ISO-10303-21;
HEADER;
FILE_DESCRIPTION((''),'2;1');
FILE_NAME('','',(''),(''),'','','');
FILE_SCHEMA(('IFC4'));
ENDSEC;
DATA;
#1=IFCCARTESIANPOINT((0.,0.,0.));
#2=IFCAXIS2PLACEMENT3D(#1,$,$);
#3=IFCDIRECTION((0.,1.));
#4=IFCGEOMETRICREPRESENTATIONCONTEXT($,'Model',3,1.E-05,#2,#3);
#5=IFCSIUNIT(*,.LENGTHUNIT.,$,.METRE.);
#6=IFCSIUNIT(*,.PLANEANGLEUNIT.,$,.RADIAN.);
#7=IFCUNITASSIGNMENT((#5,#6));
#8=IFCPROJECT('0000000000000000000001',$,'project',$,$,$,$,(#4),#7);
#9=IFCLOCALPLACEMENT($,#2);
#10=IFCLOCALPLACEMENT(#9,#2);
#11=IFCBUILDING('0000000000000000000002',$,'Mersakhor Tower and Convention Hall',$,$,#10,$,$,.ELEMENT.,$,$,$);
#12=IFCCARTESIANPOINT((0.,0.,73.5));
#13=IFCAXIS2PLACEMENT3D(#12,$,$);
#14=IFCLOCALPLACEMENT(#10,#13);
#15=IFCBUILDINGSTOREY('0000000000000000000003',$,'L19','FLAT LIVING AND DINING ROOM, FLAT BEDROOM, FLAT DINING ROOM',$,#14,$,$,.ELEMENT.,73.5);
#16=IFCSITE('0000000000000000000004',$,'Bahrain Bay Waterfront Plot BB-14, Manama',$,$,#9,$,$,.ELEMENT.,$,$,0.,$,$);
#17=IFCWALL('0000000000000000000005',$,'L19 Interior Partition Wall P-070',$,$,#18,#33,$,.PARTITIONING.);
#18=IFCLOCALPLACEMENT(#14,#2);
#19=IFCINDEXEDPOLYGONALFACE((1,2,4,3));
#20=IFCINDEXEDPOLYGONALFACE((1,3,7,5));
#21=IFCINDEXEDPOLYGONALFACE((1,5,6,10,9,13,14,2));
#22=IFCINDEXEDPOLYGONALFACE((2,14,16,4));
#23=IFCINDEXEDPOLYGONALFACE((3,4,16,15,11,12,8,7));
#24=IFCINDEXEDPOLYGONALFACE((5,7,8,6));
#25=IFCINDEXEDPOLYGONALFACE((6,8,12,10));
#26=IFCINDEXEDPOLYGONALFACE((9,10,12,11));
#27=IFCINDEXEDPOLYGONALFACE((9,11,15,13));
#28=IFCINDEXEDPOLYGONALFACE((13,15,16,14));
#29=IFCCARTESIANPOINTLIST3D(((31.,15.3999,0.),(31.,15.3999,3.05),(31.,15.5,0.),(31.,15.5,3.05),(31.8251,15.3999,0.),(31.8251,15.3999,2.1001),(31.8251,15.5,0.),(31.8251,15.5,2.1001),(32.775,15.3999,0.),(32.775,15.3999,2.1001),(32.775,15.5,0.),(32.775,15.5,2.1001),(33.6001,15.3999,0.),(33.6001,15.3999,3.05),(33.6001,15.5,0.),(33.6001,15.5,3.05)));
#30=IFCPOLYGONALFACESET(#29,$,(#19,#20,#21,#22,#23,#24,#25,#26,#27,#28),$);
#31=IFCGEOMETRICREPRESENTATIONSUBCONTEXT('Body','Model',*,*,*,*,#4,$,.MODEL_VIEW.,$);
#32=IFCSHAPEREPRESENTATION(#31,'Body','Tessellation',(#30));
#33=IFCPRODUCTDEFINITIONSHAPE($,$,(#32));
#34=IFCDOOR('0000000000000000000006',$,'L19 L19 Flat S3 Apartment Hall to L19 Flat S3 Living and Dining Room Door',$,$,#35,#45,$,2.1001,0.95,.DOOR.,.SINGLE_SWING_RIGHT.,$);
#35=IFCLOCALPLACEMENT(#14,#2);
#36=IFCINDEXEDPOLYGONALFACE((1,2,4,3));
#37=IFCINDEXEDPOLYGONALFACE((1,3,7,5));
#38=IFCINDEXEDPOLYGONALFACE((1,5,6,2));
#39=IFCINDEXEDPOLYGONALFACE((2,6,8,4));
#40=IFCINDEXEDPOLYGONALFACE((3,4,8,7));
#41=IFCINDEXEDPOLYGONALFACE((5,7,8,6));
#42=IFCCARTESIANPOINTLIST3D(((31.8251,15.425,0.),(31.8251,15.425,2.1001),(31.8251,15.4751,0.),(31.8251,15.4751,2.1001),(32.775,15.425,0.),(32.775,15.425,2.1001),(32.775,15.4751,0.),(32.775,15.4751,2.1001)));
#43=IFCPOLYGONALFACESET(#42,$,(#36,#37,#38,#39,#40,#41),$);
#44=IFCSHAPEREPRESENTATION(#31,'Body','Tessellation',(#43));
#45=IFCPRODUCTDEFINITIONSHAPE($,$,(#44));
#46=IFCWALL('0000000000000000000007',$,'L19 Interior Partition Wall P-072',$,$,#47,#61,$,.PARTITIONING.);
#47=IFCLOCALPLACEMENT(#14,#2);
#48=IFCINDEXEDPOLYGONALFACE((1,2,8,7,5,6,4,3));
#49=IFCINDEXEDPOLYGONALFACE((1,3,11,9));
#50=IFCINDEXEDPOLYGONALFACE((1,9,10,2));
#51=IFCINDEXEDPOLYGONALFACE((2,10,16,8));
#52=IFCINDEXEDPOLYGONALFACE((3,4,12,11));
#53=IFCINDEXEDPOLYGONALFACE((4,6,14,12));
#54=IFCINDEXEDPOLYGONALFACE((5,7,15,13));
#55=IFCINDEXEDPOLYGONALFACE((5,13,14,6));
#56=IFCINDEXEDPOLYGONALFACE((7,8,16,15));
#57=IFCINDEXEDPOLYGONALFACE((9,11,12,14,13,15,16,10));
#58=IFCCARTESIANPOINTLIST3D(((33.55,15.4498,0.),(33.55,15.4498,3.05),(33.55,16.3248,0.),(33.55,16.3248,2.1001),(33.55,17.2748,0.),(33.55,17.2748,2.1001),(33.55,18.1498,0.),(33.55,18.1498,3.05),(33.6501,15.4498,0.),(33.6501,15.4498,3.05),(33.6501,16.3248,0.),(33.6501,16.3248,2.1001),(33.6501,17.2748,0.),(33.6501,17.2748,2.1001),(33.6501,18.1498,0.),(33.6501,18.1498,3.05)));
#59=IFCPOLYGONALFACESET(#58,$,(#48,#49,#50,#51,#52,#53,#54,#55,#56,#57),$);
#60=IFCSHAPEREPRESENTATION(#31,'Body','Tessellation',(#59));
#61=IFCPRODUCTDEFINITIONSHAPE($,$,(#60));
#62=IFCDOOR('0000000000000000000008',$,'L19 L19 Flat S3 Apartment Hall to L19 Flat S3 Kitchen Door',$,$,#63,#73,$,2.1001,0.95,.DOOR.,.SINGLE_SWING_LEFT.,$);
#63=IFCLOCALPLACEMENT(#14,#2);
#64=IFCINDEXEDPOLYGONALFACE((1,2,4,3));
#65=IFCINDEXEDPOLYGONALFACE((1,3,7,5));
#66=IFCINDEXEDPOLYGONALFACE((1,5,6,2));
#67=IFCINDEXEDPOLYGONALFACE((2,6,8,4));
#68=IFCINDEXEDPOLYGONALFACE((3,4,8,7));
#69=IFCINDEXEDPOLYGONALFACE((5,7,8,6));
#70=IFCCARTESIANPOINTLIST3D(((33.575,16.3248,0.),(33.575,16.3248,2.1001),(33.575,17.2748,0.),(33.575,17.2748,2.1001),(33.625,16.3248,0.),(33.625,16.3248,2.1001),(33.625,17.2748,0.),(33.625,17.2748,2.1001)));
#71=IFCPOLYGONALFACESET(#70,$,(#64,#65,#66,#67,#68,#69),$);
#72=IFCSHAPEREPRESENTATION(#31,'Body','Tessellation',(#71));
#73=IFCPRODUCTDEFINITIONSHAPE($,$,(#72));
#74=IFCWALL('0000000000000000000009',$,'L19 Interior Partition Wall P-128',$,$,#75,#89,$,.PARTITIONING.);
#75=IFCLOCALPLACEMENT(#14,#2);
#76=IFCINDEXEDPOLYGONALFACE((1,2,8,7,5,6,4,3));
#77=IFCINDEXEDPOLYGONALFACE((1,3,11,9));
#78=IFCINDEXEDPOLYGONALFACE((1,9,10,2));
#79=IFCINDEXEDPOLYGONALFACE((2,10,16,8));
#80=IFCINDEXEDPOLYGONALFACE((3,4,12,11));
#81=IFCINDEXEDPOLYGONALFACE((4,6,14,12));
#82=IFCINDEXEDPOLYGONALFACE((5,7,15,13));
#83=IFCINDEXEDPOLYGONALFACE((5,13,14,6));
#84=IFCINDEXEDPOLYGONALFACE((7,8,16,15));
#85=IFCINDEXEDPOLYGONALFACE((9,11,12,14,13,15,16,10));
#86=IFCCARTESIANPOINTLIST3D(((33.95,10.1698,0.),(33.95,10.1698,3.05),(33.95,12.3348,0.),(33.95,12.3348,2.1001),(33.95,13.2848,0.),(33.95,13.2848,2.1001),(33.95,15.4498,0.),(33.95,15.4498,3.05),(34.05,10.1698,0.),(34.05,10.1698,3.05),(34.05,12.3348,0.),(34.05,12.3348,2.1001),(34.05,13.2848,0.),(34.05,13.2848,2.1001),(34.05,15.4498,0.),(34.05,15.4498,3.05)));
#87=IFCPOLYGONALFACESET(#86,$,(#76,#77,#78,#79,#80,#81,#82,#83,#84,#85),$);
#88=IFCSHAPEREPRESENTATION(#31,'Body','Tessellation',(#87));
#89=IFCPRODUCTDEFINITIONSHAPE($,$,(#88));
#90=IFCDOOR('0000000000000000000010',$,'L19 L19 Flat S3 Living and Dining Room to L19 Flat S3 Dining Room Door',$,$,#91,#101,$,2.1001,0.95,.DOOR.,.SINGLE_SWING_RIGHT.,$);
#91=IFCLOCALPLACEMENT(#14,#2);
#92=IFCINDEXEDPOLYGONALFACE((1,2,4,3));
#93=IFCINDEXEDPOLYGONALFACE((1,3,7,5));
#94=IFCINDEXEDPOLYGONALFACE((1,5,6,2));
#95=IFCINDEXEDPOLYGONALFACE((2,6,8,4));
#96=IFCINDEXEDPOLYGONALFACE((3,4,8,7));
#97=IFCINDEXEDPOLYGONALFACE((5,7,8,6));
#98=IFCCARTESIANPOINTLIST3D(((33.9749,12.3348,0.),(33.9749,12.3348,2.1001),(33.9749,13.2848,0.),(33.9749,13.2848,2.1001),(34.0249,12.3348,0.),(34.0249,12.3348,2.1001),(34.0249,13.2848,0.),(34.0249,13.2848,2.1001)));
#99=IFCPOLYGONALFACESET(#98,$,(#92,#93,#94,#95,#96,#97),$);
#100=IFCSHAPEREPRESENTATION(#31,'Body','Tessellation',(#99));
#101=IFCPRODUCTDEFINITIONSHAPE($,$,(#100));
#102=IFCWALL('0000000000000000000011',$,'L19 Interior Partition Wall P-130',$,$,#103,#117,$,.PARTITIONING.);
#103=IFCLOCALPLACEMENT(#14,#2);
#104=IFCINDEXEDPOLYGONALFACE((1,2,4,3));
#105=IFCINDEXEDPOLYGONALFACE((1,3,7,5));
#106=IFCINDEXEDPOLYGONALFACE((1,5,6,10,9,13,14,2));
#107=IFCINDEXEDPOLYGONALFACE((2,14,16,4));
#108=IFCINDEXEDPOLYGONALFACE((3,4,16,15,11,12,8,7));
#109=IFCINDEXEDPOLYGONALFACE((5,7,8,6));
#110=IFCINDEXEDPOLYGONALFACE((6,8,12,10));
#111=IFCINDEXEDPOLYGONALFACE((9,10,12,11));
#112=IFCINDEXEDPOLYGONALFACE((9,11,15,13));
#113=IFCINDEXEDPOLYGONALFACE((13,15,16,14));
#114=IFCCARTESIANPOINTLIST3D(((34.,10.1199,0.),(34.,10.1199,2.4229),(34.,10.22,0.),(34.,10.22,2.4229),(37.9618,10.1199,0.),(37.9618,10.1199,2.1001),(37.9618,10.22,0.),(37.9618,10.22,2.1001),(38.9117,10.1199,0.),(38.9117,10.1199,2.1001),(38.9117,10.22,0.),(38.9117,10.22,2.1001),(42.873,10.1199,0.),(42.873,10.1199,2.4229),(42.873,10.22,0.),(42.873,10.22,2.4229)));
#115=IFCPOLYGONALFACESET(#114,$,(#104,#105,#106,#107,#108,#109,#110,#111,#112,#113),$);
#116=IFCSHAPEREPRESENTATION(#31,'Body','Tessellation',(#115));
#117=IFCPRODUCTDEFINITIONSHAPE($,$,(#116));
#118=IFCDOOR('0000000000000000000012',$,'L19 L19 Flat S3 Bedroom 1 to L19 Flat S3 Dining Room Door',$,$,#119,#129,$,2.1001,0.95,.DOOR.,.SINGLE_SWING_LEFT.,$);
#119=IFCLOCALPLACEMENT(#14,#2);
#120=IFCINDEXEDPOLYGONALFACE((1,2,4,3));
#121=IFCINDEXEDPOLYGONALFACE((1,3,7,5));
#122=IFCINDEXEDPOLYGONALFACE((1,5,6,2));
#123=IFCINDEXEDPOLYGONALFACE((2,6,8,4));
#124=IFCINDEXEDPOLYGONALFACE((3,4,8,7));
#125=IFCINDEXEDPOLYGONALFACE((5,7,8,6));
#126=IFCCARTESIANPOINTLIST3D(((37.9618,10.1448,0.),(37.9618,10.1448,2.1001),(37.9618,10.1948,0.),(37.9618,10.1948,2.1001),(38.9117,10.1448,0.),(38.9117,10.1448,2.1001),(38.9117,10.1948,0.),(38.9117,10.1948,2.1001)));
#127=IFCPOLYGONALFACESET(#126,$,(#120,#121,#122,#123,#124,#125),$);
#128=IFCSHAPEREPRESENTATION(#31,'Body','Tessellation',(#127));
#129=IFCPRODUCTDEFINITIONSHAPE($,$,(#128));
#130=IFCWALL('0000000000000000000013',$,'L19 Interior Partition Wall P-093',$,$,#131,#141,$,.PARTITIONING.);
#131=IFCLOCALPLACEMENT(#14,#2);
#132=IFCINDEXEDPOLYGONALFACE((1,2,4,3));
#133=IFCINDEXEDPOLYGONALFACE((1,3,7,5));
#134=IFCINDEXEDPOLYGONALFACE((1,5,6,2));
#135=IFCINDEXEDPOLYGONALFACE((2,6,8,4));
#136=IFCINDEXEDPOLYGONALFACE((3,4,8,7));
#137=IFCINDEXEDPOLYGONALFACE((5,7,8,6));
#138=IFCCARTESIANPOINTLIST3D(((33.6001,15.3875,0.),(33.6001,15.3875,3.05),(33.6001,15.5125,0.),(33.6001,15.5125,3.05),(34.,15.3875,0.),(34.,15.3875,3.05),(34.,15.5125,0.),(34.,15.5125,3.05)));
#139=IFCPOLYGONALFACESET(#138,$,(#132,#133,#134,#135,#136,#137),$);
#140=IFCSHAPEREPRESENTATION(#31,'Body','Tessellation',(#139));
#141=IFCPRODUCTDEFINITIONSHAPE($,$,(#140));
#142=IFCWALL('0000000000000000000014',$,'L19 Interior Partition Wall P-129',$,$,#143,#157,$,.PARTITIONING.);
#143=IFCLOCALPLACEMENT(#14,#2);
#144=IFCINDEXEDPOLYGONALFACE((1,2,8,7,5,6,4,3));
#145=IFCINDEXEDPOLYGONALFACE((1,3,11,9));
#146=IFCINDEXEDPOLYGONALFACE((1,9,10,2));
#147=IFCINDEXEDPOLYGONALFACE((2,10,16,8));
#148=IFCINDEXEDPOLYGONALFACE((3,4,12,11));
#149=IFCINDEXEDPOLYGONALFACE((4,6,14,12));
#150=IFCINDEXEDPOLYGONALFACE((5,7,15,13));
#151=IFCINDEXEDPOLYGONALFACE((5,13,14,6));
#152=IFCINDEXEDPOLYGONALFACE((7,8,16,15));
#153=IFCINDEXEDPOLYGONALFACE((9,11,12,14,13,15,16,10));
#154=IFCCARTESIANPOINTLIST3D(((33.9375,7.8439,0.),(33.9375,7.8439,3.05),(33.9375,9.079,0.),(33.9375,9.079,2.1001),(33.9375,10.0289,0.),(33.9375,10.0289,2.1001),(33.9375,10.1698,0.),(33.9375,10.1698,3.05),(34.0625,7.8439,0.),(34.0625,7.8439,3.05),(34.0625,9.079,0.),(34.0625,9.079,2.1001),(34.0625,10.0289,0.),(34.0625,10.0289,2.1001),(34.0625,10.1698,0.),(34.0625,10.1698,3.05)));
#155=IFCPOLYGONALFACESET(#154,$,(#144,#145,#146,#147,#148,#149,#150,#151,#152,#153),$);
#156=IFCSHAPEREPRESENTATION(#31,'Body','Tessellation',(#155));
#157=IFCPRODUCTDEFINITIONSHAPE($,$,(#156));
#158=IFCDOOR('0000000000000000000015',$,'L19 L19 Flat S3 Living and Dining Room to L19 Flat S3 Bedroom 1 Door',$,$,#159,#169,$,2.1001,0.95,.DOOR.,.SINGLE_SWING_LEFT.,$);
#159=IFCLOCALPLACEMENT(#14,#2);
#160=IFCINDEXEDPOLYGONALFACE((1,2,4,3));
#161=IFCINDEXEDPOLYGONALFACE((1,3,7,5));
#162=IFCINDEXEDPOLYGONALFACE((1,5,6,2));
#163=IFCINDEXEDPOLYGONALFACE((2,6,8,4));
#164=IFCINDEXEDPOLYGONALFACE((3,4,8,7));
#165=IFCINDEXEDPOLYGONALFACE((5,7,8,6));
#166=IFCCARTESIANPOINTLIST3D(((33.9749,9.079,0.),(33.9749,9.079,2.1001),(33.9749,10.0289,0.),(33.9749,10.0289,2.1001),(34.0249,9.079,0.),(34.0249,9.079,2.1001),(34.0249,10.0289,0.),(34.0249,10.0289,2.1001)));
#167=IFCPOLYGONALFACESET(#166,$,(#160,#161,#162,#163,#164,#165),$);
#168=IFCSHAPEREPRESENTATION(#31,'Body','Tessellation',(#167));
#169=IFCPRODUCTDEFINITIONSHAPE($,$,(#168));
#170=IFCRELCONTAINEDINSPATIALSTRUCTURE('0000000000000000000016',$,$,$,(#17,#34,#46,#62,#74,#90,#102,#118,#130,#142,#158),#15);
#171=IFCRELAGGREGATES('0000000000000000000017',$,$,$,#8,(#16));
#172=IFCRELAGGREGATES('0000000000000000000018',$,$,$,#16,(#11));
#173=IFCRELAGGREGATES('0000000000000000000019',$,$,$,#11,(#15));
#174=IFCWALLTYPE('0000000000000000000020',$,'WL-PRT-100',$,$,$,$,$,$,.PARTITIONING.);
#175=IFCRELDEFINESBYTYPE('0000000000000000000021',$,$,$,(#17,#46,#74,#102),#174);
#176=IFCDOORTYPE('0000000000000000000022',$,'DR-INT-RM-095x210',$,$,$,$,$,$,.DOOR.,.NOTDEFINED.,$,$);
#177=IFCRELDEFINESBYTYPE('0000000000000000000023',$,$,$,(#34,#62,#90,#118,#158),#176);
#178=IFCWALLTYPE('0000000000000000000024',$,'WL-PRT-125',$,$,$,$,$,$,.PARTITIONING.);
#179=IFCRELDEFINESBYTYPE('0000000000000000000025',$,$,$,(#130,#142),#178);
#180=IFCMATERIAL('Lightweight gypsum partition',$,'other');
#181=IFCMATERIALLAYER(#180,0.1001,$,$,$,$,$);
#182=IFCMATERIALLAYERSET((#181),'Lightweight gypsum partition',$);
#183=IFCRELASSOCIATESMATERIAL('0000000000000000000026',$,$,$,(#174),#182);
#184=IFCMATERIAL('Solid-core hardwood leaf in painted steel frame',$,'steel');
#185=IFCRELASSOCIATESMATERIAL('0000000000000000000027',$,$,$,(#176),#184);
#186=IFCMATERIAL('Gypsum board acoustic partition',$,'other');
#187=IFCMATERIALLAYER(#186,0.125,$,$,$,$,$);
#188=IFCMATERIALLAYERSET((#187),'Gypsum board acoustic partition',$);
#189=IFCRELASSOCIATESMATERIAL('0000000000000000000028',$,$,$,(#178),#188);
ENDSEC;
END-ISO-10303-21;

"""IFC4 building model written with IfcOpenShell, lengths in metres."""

from ifc_helpers import new_model, si_unit, direction, frame, frame_2d, origin, place, context, subcontext, project, spatial, rectangle, extrude, material, layer, layer_set, type_object, element, fill, save


model = new_model("IFC4")

# Units and contexts
model_context = context("Model", 3, precision=1e-05, world=origin(), true_north=direction((0.0, 1.0)))
body_context = subcontext(model_context, "Body", "Model", "MODEL_VIEW")
ifc_project = project(units=[si_unit("LENGTHUNIT", "METRE"), si_unit("PLANEANGLEUNIT", "RADIAN")], contexts=[model_context])

# Site, building, storey
site_placement = place(None, origin())
site = spatial("IfcSite", under=ifc_project, at=site_placement, Name="Bahrain Bay Waterfront Plot BB-14, Manama", CompositionType="ELEMENT", RefElevation=0.0)
building_placement = place(site_placement, origin())
building = spatial("IfcBuilding", under=site, at=building_placement, Name="Mersakhor Tower and Convention Hall", CompositionType="ELEMENT")
storey_placement = place(building_placement, frame((0.0, 0.0, 73.5)))
storey = spatial("IfcBuildingStorey", under=building, at=storey_placement, Name="L19", Description="FLAT LIVING AND DINING ROOM, FLAT BEDROOM, FLAT DINING ROOM", CompositionType="ELEMENT", Elevation=73.5)

# Walls, openings, doors
ifc_material_1 = material(Name="Lightweight gypsum partition", Category="other")
ifc_layer_1 = layer(ifc_material_1, 0.1001)
ifc_layer_set_1 = layer_set([ifc_layer_1], Name="Lightweight gypsum partition")
wall_type_1 = type_object("IfcWallType", Name="WL-PRT-100", PredefinedType="PARTITIONING", material=ifc_layer_set_1)
wall_1_placement = place(storey_placement, frame((33.6001, 15.45, 0.0), z_axis=(0.0, 0.0, 1.0), x_axis=(-1.0, 0.0, 0.0)))
wall_1 = element("IfcWall", 1, at=wall_1_placement, inside=storey, type_object=wall_type_1, Name="L19 Interior Partition Wall P-070", PredefinedType="PARTITIONING", context=body_context, shape_type="SweptSolid", body=[
    extrude(rectangle(XDim=2.6001, YDim=0.1001, at=frame_2d((1.3, 0.0))), origin(), (0.0, 0.0, 1.0), 3.05),
])
opening_1_placement = place(wall_1_placement, frame((0.825, 0.0, 0.0)))
opening_1 = element("IfcOpeningElement", 2, at=opening_1_placement, cuts=wall_1, PredefinedType="OPENING", context=body_context, shape_type="SweptSolid", body=[
    extrude(rectangle(XDim=0.95, YDim=2.1001, at=frame_2d((0.4751, 1.05))), frame((0.0, 0.0601, 0.0), z_axis=(0.0, -1.0, 0.0), x_axis=(1.0, 0.0, 0.0)), (0.0, 0.0, 1.0), 0.1201),
])
ifc_material_2 = material(Name="Solid-core hardwood leaf in painted steel frame", Category="steel")
door_type_1 = type_object("IfcDoorType", Name="DR-INT-RM-095x210", OperationType="NOTDEFINED", PredefinedType="DOOR", material=ifc_material_2)
door_1_placement = place(opening_1_placement, origin())
door_1 = element("IfcDoor", 3, at=door_1_placement, inside=storey, type_object=door_type_1, Name="L19 L19 Flat S3 Apartment Hall to L19 Flat S3 Living and Dining Room Door", OperationType="SINGLE_SWING_RIGHT", OverallHeight=2.1001, OverallWidth=0.95, PredefinedType="DOOR", context=body_context, shape_type="SweptSolid", body=[
    extrude(rectangle(XDim=0.95, YDim=2.1001, at=frame_2d((0.4751, 1.05))), frame((0.0, 0.0249, 0.0), z_axis=(0.0, -1.0, 0.0), x_axis=(1.0, 0.0, 0.0)), (0.0, 0.0, 1.0), 0.05),
])
fill(opening_1, door_1)
wall_2_placement = place(storey_placement, frame((33.6001, 18.1499, 0.0), z_axis=(0.0, 0.0, 1.0), x_axis=(0.0, -1.0, 0.0)))
wall_2 = element("IfcWall", 4, at=wall_2_placement, inside=storey, type_object=wall_type_1, Name="L19 Interior Partition Wall P-072", PredefinedType="PARTITIONING", context=body_context, shape_type="SweptSolid", body=[
    extrude(rectangle(XDim=2.7, YDim=0.1001, at=frame_2d((1.3501, 0.0))), origin(), (0.0, 0.0, 1.0), 3.05),
])
opening_2_placement = place(wall_2_placement, frame((0.875, 0.0, 0.0)))
opening_2 = element("IfcOpeningElement", 5, at=opening_2_placement, cuts=wall_2, PredefinedType="OPENING", context=body_context, shape_type="SweptSolid", body=[
    extrude(rectangle(XDim=0.95, YDim=2.1001, at=frame_2d((0.4751, 1.05))), frame((0.0, 0.0601, 0.0), z_axis=(0.0, -1.0, 0.0), x_axis=(1.0, 0.0, 0.0)), (0.0, 0.0, 1.0), 0.1201),
])
door_2_placement = place(opening_2_placement, origin())
door_2 = element("IfcDoor", 6, at=door_2_placement, inside=storey, type_object=door_type_1, Name="L19 L19 Flat S3 Apartment Hall to L19 Flat S3 Kitchen Door", OperationType="SINGLE_SWING_LEFT", OverallHeight=2.1001, OverallWidth=0.95, PredefinedType="DOOR", context=body_context, shape_type="SweptSolid", body=[
    extrude(rectangle(XDim=0.95, YDim=2.1001, at=frame_2d((0.4751, 1.05))), frame((0.0, 0.0249, 0.0), z_axis=(0.0, -1.0, 0.0), x_axis=(1.0, 0.0, 0.0)), (0.0, 0.0, 1.0), 0.05),
])
fill(opening_2, door_2)
wall_3_placement = place(storey_placement, frame((34.0, 15.45, 0.0), z_axis=(0.0, 0.0, 1.0), x_axis=(0.0, -1.0, 0.0)))
wall_3 = element("IfcWall", 7, at=wall_3_placement, inside=storey, type_object=wall_type_1, Name="L19 Interior Partition Wall P-128", PredefinedType="PARTITIONING", context=body_context, shape_type="SweptSolid", body=[
    extrude(rectangle(XDim=5.28, YDim=0.1001, at=frame_2d((2.6401, 0.0))), origin(), (0.0, 0.0, 1.0), 3.05),
])
opening_3_placement = place(wall_3_placement, frame((2.165, 0.0, 0.0)))
opening_3 = element("IfcOpeningElement", 8, at=opening_3_placement, cuts=wall_3, PredefinedType="OPENING", context=body_context, shape_type="SweptSolid", body=[
    extrude(rectangle(XDim=0.95, YDim=2.1001, at=frame_2d((0.4751, 1.05))), frame((0.0, 0.0601, 0.0), z_axis=(0.0, -1.0, 0.0), x_axis=(1.0, 0.0, 0.0)), (0.0, 0.0, 1.0), 0.1201),
])
door_3_placement = place(opening_3_placement, origin())
door_3 = element("IfcDoor", 9, at=door_3_placement, inside=storey, type_object=door_type_1, Name="L19 L19 Flat S3 Living and Dining Room to L19 Flat S3 Dining Room Door", OperationType="SINGLE_SWING_RIGHT", OverallHeight=2.1001, OverallWidth=0.95, PredefinedType="DOOR", context=body_context, shape_type="SweptSolid", body=[
    extrude(rectangle(XDim=0.95, YDim=2.1001, at=frame_2d((0.4751, 1.05))), frame((0.0, 0.0249, 0.0), z_axis=(0.0, -1.0, 0.0), x_axis=(1.0, 0.0, 0.0)), (0.0, 0.0, 1.0), 0.05),
])
fill(opening_3, door_3)
wall_4_placement = place(storey_placement, frame((34.0, 10.1699, 0.0), z_axis=(0.0, 0.0, 1.0), x_axis=(1.0, 0.0, 0.0)))
wall_4 = element("IfcWall", 10, at=wall_4_placement, inside=storey, type_object=wall_type_1, Name="L19 Interior Partition Wall P-130", PredefinedType="PARTITIONING", context=body_context, shape_type="SweptSolid", body=[
    extrude(rectangle(XDim=8.873, YDim=0.1001, at=frame_2d((4.4365, 0.0))), origin(), (0.0, 0.0, 1.0), 2.4229),
])
opening_4_placement = place(wall_4_placement, frame((3.9617, 0.0, 0.0)))
opening_4 = element("IfcOpeningElement", 11, at=opening_4_placement, cuts=wall_4, PredefinedType="OPENING", context=body_context, shape_type="SweptSolid", body=[
    extrude(rectangle(XDim=0.95, YDim=2.1001, at=frame_2d((0.4751, 1.05))), frame((0.0, 0.0601, 0.0), z_axis=(0.0, -1.0, 0.0), x_axis=(1.0, 0.0, 0.0)), (0.0, 0.0, 1.0), 0.1201),
])
door_4_placement = place(opening_4_placement, origin())
door_4 = element("IfcDoor", 12, at=door_4_placement, inside=storey, type_object=door_type_1, Name="L19 L19 Flat S3 Bedroom 1 to L19 Flat S3 Dining Room Door", OperationType="SINGLE_SWING_LEFT", OverallHeight=2.1001, OverallWidth=0.95, PredefinedType="DOOR", context=body_context, shape_type="SweptSolid", body=[
    extrude(rectangle(XDim=0.95, YDim=2.1001, at=frame_2d((0.4751, 1.05))), frame((0.0, 0.0249, 0.0), z_axis=(0.0, -1.0, 0.0), x_axis=(1.0, 0.0, 0.0)), (0.0, 0.0, 1.0), 0.05),
])
fill(opening_4, door_4)

# Wall
ifc_material_3 = material(Name="Gypsum board acoustic partition", Category="other")
ifc_layer_2 = layer(ifc_material_3, 0.125)
ifc_layer_set_2 = layer_set([ifc_layer_2], Name="Gypsum board acoustic partition")
wall_type_2 = type_object("IfcWallType", Name="WL-PRT-125", PredefinedType="PARTITIONING", material=ifc_layer_set_2)
wall_5_placement = place(storey_placement, frame((34.0, 15.45, 0.0), z_axis=(0.0, 0.0, 1.0), x_axis=(-1.0, 0.0, 0.0)))
element("IfcWall", 13, at=wall_5_placement, inside=storey, type_object=wall_type_2, Name="L19 Interior Partition Wall P-093", PredefinedType="PARTITIONING", context=body_context, shape_type="SweptSolid", body=[
    extrude(rectangle(XDim=0.3999, YDim=0.125, at=frame_2d((0.2, 0.0))), origin(), (0.0, 0.0, 1.0), 3.05),
])

# Wall, opening, door
wall_6_placement = place(storey_placement, frame((34.0, 10.1699, 0.0), z_axis=(0.0, 0.0, 1.0), x_axis=(0.0, -1.0, 0.0)))
wall_6 = element("IfcWall", 14, at=wall_6_placement, inside=storey, type_object=wall_type_2, Name="L19 Interior Partition Wall P-129", PredefinedType="PARTITIONING", context=body_context, shape_type="SweptSolid", body=[
    extrude(rectangle(XDim=2.3259, YDim=0.125, at=frame_2d((1.1631, 0.0))), origin(), (0.0, 0.0, 1.0), 3.05),
])
opening_5_placement = place(wall_6_placement, frame((0.1409, 0.0, 0.0)))
opening_5 = element("IfcOpeningElement", 15, at=opening_5_placement, cuts=wall_6, PredefinedType="OPENING", context=body_context, shape_type="SweptSolid", body=[
    extrude(rectangle(XDim=0.95, YDim=2.1001, at=frame_2d((0.4751, 1.05))), frame((0.0, 0.0725, 0.0), z_axis=(0.0, -1.0, 0.0), x_axis=(1.0, 0.0, 0.0)), (0.0, 0.0, 1.0), 0.145),
])
door_5_placement = place(opening_5_placement, origin())
door_5 = element("IfcDoor", 16, at=door_5_placement, inside=storey, type_object=door_type_1, Name="L19 L19 Flat S3 Living and Dining Room to L19 Flat S3 Bedroom 1 Door", OperationType="SINGLE_SWING_LEFT", OverallHeight=2.1001, OverallWidth=0.95, PredefinedType="DOOR", context=body_context, shape_type="SweptSolid", body=[
    extrude(rectangle(XDim=0.95, YDim=2.1001, at=frame_2d((0.4751, 1.05))), frame((0.0, 0.0249, 0.0), z_axis=(0.0, -1.0, 0.0), x_axis=(1.0, 0.0, 0.0)), (0.0, 0.0, 1.0), 0.05),
])
fill(opening_5, door_5)

save(model, "model.ifc")
